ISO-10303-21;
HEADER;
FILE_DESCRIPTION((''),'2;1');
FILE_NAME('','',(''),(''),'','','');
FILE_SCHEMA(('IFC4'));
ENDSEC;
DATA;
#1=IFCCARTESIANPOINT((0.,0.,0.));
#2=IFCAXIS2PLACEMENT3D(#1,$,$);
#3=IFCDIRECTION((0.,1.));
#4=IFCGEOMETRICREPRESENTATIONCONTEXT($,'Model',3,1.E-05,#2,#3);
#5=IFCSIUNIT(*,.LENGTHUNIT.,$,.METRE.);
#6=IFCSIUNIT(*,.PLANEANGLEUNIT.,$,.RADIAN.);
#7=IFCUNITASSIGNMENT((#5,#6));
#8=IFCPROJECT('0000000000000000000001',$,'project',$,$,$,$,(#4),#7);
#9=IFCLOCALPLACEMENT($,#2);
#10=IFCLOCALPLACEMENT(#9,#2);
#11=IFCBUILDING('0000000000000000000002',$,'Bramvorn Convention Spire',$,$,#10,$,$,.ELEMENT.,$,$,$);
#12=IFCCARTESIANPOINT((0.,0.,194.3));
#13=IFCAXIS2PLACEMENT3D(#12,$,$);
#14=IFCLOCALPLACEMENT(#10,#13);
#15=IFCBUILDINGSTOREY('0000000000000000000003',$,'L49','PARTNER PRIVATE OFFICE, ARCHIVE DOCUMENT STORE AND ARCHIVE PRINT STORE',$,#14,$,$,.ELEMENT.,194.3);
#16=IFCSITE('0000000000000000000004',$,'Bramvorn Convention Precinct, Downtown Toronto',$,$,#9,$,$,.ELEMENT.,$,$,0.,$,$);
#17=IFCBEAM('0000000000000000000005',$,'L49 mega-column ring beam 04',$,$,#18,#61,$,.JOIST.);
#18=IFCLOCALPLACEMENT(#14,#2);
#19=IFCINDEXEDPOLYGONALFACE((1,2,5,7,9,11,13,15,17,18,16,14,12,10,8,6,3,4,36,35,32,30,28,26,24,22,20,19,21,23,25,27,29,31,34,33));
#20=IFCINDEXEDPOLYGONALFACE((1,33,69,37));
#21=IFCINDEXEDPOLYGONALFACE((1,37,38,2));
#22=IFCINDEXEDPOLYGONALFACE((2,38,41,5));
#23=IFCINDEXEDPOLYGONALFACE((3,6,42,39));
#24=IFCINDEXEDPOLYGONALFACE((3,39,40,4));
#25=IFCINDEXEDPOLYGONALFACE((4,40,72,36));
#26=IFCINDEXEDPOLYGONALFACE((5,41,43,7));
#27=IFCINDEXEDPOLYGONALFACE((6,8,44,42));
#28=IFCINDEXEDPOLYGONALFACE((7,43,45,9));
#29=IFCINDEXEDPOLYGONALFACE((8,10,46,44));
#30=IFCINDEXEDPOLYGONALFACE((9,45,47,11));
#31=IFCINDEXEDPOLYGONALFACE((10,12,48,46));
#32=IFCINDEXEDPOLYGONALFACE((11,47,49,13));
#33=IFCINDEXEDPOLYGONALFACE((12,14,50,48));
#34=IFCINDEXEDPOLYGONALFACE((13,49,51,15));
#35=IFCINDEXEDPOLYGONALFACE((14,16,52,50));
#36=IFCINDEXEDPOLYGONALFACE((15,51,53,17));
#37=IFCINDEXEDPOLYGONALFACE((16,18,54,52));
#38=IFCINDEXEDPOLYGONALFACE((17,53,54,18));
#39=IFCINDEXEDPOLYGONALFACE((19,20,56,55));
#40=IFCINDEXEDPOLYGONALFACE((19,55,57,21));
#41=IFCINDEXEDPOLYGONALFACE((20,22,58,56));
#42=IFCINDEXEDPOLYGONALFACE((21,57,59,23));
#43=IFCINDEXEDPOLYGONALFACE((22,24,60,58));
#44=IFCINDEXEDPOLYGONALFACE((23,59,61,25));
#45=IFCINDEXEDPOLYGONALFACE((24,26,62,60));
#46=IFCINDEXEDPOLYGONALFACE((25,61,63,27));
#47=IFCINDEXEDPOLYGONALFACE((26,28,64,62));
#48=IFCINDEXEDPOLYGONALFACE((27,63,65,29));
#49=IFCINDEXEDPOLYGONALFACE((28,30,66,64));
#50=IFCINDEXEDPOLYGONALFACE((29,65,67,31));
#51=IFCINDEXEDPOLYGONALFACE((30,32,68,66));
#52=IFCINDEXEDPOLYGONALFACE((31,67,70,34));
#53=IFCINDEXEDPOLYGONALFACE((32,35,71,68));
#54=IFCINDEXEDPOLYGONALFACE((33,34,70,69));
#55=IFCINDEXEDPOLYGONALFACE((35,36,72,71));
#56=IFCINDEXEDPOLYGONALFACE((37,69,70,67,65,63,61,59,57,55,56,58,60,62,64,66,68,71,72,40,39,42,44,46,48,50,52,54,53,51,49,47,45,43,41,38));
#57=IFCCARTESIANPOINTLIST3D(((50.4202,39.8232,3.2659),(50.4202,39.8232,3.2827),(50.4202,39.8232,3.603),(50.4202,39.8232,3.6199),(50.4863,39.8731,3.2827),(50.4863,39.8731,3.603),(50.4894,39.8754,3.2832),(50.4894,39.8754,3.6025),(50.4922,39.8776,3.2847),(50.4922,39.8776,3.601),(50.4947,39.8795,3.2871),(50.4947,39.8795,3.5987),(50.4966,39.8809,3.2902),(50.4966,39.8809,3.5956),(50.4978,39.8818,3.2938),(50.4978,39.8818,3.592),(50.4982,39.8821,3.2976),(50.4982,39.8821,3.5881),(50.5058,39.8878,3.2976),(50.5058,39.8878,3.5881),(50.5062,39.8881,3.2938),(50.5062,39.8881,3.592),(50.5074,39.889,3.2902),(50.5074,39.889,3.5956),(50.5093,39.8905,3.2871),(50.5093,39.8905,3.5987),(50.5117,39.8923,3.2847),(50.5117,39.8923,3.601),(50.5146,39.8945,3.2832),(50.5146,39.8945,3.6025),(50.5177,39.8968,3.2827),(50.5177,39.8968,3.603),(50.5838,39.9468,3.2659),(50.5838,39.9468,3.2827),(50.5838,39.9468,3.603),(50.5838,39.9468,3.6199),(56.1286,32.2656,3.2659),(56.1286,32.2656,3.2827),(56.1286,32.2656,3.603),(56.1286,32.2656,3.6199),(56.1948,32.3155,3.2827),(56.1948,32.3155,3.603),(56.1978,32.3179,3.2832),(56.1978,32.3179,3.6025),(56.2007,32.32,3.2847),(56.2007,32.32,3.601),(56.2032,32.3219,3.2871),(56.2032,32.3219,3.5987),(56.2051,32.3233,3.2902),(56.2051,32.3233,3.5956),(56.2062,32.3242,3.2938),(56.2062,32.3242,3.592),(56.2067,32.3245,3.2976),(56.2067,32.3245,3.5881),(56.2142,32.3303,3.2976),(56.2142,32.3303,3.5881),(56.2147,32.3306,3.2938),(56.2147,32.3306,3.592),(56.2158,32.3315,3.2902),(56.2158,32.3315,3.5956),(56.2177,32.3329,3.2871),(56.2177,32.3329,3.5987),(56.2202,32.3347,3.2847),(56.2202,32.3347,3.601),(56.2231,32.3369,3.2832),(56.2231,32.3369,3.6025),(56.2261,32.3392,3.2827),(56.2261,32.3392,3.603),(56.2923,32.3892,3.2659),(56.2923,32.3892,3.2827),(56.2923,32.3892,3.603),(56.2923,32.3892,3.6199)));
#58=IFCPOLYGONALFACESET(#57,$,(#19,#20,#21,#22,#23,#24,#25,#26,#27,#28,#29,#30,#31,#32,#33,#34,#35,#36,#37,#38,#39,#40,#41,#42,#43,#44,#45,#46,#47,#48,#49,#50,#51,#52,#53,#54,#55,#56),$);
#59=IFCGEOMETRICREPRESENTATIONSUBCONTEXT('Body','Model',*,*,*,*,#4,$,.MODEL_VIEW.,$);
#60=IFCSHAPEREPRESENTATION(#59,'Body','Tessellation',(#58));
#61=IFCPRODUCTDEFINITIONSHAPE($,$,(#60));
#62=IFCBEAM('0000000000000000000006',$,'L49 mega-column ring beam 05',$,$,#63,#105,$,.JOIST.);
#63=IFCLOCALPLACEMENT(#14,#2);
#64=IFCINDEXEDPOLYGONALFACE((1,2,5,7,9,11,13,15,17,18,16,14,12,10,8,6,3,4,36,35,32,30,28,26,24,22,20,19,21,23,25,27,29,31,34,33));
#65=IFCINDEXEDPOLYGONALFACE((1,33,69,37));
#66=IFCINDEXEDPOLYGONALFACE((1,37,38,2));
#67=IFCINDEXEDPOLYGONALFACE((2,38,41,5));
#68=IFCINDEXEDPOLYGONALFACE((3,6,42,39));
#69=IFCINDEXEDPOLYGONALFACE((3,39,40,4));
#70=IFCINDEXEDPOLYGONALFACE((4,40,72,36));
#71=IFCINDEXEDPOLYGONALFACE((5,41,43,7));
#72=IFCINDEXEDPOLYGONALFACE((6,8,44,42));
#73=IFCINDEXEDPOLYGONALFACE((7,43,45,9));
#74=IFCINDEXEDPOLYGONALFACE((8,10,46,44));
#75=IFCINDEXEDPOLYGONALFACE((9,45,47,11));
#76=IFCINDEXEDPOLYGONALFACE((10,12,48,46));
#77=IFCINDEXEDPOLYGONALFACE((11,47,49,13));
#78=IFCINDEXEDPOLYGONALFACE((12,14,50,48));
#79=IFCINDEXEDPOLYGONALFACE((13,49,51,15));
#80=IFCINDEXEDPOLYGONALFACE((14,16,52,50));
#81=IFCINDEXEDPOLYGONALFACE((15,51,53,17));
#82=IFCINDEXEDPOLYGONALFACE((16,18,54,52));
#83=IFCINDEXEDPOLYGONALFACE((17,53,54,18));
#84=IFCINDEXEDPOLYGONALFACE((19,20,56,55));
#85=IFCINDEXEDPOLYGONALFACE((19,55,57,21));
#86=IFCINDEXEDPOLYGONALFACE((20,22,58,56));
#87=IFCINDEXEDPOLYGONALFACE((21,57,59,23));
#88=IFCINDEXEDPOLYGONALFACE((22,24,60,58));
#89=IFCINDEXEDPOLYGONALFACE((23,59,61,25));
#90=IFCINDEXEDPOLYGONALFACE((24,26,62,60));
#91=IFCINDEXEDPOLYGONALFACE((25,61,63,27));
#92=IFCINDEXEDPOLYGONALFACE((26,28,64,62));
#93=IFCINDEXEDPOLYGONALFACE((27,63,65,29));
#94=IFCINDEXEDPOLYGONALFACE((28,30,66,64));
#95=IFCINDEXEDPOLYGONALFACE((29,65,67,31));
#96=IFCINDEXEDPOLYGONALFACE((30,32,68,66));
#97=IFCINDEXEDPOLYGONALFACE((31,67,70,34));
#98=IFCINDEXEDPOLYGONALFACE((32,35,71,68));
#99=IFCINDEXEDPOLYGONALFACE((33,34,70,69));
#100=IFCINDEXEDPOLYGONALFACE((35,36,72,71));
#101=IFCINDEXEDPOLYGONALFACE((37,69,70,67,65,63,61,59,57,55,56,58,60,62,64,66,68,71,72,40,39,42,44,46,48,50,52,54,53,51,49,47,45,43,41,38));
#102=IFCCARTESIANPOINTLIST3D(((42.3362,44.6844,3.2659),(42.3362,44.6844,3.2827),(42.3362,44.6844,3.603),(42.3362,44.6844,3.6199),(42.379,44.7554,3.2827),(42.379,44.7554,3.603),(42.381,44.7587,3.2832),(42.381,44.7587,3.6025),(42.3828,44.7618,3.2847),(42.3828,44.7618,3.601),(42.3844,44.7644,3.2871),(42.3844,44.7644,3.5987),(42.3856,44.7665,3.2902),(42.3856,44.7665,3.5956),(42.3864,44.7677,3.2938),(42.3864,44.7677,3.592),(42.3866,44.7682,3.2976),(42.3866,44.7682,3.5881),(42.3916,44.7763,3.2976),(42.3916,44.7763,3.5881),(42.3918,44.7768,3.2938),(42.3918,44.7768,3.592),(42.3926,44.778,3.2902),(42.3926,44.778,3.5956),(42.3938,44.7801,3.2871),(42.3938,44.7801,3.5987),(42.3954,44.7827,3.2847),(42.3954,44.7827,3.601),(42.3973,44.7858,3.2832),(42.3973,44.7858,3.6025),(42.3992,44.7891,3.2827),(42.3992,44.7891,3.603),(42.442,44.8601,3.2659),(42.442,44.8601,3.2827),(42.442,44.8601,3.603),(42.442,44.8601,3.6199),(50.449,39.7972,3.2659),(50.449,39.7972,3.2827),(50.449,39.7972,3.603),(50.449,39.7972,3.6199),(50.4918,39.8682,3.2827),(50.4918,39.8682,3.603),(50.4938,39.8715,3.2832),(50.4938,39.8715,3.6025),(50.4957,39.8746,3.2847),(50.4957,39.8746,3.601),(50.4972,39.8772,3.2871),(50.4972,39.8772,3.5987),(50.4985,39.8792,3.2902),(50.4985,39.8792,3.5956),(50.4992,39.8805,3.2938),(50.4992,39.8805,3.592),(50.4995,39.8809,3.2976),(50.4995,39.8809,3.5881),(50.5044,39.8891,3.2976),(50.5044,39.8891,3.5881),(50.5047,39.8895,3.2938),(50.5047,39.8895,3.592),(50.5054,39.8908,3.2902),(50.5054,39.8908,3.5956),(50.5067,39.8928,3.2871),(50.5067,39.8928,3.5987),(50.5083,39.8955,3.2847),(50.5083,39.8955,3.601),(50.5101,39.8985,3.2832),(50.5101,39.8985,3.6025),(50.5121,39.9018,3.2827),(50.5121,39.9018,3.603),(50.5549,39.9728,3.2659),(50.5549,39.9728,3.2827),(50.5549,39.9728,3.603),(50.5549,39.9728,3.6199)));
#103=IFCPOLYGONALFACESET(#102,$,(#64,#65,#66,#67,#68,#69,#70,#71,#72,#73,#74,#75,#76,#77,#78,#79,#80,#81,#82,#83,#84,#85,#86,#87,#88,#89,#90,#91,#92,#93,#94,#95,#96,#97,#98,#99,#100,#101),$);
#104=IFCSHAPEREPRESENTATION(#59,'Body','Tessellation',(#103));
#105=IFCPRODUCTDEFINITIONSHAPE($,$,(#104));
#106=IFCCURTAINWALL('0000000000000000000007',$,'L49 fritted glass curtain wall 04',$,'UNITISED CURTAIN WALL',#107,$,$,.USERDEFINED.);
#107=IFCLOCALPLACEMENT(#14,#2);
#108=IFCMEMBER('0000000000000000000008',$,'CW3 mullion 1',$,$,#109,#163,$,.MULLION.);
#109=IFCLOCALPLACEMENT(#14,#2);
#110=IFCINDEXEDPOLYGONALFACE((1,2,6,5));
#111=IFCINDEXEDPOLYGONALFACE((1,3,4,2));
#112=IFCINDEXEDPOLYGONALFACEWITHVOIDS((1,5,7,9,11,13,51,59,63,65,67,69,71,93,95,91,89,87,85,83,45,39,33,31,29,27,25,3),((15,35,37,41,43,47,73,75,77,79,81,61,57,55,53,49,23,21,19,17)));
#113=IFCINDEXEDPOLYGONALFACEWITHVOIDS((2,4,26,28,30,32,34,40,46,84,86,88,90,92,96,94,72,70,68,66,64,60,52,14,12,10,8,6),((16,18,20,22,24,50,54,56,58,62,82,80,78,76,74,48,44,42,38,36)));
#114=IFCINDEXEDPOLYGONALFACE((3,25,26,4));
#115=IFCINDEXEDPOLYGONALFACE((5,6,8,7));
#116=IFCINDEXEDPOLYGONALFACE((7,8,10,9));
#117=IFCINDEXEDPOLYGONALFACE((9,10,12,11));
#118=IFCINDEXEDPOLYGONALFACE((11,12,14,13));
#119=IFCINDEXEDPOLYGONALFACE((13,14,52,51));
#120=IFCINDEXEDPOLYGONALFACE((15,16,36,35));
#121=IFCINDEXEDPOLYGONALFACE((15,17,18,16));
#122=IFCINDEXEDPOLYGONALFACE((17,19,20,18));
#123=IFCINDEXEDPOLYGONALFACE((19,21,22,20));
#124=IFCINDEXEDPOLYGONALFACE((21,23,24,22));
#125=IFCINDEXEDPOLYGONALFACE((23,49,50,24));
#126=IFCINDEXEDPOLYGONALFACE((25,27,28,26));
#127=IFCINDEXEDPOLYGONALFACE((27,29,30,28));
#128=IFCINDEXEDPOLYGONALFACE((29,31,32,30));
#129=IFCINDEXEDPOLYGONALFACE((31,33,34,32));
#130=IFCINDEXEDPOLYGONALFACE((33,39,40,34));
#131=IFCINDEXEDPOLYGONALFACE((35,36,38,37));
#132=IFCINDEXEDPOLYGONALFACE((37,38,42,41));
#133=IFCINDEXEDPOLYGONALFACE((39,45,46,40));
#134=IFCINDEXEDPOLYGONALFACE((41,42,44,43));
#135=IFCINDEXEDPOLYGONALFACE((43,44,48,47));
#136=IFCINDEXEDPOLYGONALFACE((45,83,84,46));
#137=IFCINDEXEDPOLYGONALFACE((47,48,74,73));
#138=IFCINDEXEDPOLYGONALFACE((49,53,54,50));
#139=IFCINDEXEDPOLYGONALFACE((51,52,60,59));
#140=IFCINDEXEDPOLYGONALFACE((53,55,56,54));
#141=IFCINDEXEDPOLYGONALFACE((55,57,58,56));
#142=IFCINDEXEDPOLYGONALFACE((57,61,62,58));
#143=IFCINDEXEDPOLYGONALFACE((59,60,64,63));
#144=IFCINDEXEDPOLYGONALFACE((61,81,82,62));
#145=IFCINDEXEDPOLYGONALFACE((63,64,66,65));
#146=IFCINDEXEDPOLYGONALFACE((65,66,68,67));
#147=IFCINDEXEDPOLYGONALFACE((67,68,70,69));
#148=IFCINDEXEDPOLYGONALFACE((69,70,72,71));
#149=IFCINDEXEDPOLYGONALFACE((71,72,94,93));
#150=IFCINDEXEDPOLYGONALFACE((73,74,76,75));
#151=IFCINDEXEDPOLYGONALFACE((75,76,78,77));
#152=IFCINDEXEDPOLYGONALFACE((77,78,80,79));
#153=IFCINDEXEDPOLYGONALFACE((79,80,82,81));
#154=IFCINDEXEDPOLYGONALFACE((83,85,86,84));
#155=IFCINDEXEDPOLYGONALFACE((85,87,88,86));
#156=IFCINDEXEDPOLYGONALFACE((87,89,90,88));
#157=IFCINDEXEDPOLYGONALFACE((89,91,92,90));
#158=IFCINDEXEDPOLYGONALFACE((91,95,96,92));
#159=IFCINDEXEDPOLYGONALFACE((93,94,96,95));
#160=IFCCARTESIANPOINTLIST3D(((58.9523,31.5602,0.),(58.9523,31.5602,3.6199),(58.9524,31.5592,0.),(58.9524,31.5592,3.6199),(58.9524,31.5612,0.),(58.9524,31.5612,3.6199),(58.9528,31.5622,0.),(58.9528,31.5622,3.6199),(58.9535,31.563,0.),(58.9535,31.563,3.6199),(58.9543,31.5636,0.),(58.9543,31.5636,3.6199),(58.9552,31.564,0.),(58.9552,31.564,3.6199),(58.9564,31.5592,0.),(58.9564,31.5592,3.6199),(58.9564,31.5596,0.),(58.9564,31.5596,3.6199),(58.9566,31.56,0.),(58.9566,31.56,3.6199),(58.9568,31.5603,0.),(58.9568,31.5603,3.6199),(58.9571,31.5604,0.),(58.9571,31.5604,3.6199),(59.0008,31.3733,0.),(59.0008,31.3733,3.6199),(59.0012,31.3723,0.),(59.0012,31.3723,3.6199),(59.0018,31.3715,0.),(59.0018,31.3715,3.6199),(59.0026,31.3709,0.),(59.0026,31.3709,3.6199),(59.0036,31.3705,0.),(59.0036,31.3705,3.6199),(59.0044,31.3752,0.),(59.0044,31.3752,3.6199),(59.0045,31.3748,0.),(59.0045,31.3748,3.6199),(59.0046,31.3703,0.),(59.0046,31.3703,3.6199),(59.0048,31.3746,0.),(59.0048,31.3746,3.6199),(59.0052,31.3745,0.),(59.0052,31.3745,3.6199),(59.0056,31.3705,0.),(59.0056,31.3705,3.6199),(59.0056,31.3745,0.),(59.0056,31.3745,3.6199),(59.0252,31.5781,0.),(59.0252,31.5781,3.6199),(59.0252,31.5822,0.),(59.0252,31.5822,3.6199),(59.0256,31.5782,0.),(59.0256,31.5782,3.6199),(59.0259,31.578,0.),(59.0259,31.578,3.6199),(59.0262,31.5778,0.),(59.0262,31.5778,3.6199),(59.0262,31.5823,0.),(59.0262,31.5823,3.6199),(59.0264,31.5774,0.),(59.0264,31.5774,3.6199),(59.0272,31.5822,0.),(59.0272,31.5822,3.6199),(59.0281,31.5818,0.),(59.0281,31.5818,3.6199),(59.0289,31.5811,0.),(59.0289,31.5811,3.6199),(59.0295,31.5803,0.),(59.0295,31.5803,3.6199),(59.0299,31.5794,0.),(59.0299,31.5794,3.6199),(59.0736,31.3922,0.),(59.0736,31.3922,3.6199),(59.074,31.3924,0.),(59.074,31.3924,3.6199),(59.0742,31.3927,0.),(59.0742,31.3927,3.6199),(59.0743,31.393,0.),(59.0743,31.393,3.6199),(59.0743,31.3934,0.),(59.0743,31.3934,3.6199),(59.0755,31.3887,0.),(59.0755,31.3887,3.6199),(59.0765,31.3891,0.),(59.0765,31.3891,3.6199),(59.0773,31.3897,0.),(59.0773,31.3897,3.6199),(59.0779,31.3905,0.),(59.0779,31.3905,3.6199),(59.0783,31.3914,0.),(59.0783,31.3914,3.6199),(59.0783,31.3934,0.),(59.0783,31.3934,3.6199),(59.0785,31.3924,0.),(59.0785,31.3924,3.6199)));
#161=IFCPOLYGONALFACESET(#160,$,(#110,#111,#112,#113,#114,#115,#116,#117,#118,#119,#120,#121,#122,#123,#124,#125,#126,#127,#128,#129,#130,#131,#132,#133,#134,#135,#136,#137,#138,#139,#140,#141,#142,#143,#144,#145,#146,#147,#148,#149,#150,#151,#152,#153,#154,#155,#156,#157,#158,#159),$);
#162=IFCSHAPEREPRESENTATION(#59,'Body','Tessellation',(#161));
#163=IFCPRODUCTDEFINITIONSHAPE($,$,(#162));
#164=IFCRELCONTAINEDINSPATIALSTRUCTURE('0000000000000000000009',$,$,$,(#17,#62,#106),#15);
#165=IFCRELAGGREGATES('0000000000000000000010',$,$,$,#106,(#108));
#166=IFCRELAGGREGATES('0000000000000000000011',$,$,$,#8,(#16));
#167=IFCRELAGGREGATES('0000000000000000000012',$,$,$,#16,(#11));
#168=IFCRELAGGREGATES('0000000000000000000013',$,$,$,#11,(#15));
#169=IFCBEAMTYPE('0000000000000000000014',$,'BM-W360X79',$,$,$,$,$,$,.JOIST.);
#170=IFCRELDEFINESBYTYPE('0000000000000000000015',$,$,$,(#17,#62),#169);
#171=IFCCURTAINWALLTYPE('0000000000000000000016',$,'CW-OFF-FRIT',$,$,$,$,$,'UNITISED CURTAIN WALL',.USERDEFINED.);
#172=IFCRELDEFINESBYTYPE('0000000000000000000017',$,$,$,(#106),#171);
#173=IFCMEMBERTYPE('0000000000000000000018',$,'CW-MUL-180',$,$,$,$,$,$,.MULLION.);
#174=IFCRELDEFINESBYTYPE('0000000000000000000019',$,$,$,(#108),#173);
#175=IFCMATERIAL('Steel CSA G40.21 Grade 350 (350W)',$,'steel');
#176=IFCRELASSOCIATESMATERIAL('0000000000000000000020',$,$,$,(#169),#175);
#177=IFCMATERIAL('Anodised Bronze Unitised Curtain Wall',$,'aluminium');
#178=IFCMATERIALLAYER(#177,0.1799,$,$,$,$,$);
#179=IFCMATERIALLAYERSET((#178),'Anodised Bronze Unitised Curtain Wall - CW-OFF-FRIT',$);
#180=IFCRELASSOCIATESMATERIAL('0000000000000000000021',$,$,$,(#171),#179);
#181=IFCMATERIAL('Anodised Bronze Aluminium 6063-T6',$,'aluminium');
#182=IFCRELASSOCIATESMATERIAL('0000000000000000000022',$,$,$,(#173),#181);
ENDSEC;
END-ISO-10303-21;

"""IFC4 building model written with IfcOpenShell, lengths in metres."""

from ifc_helpers import new_model, si_unit, direction, frame, origin, origin_2d, place, context, subcontext, project, spatial, hollow_rectangle, i_section, extrude, material, layer, layer_set, material_profile, profile_set, type_object, element, aggregate, save


model = new_model("IFC4")

# Units and contexts
model_context = context("Model", 3, precision=1e-05, world=origin(), true_north=direction((0.0, 1.0)))
body_context = subcontext(model_context, "Body", "Model", "MODEL_VIEW")
ifc_project = project(units=[si_unit("LENGTHUNIT", "METRE"), si_unit("PLANEANGLEUNIT", "RADIAN")], contexts=[model_context])

# Site, building, storey
site_placement = place(None, origin())
site = spatial("IfcSite", under=ifc_project, at=site_placement, Name="Bramvorn Convention Precinct, Downtown Toronto", CompositionType="ELEMENT", RefElevation=0.0)
building_placement = place(site_placement, origin())
building = spatial("IfcBuilding", under=site, at=building_placement, Name="Bramvorn Convention Spire", CompositionType="ELEMENT")
storey_placement = place(building_placement, frame((0.0, 0.0, 194.3)))
storey = spatial("IfcBuildingStorey", under=building, at=storey_placement, Name="L49", Description="PARTNER PRIVATE OFFICE, ARCHIVE DOCUMENT STORE AND ARCHIVE PRINT STORE", CompositionType="ELEMENT", Elevation=194.3)

# Shared definitions
ifc_material_1 = material(Name="Steel CSA G40.21 Grade 350 (350W)", Category="steel")

# Beams
ifc_material_profile_1 = material_profile(ifc_material_1, i_section(OverallWidth=0.2051, OverallDepth=0.354, WebThickness=0.0095, FlangeThickness=0.0168, FilletRadius=0.0149, at=origin_2d()))
ifc_profile_set_1 = profile_set([ifc_material_profile_1], Name="Steel CSA G40.21 Grade 350 (350W) - W360X79")
beam_type_1 = type_object("IfcBeamType", Name="BM-W360X79", PredefinedType="JOIST", material=ifc_profile_set_1)
for number, where, z_axis, x_axis, name in (
    (1, (56.2104, 32.3274, 3.4429), (-0.602719, 0.797954, 0.0), (-0.797954, -0.602719, 0.0), "L49 mega-column ring beam 04"),
    (2, (50.502, 39.885, 3.4429), (-0.856582, 0.516011, 0.0), (-0.516011, -0.856582, 0.0), "L49 mega-column ring beam 05"),
):
    element("IfcBeam", number, at=place(storey_placement, frame(where, z_axis=z_axis, x_axis=x_axis)), inside=storey, type_object=beam_type_1, Name=name, PredefinedType="JOIST", context=body_context, shape_type="SweptSolid", body=[
        extrude(i_section(OverallWidth=0.2051, OverallDepth=0.354, WebThickness=0.0095, FlangeThickness=0.0168, FilletRadius=0.0149, at=origin_2d()), origin(), (0.0, 0.0, 1.0), 9.4712),
    ])

# Curtain wall, member
ifc_material_2 = material(Name="Anodised Bronze Unitised Curtain Wall", Category="aluminium")
ifc_layer_1 = layer(ifc_material_2, 0.1799)
ifc_layer_set_1 = layer_set([ifc_layer_1], Name="Anodised Bronze Unitised Curtain Wall - CW-OFF-FRIT")
curtain_wall_type = type_object("IfcCurtainWallType", Name="CW-OFF-FRIT", ElementType="UNITISED CURTAIN WALL", PredefinedType="USERDEFINED", material=ifc_layer_set_1)
curtain_wall_1_placement = place(storey_placement, origin())
curtain_wall_1 = element("IfcCurtainWall", 3, at=curtain_wall_1_placement, inside=storey, type_object=curtain_wall_type, Name="L49 fritted glass curtain wall 04", ObjectType="UNITISED CURTAIN WALL", PredefinedType="USERDEFINED")
ifc_material_3 = material(Name="Anodised Bronze Aluminium 6063-T6", Category="aluminium")
ifc_material_profile_2 = material_profile(ifc_material_3, hollow_rectangle(XDim=0.0801, YDim=0.2, WallThickness=0.0039, InnerFilletRadius=0.001, OuterFilletRadius=0.0039, at=origin_2d()))
ifc_profile_set_2 = profile_set([ifc_material_profile_2], Name="Anodised Bronze Aluminium 6063-T6 - CWM80X200")
member_type_1 = type_object("IfcMemberType", Name="CW-MUL-180", PredefinedType="MULLION", material=ifc_profile_set_2)
member_1_placement = place(storey_placement, frame((59.0154, 31.4763, 0.0), z_axis=(0.0, 0.0, 1.0), x_axis=(0.967719, 0.25203, 0.0)))
member_1 = element("IfcMember", 4, at=member_1_placement, type_object=member_type_1, Name="CW3 mullion 1", PredefinedType="MULLION", context=body_context, shape_type="SweptSolid", body=[
    extrude(hollow_rectangle(XDim=0.0801, YDim=0.2, WallThickness=0.0039, InnerFilletRadius=0.001, OuterFilletRadius=0.0039, at=origin_2d()), origin(), (0.0, 0.0, 1.0), 3.6199),
])

aggregate(curtain_wall_1, [member_1])

save(model, "model.ifc")
